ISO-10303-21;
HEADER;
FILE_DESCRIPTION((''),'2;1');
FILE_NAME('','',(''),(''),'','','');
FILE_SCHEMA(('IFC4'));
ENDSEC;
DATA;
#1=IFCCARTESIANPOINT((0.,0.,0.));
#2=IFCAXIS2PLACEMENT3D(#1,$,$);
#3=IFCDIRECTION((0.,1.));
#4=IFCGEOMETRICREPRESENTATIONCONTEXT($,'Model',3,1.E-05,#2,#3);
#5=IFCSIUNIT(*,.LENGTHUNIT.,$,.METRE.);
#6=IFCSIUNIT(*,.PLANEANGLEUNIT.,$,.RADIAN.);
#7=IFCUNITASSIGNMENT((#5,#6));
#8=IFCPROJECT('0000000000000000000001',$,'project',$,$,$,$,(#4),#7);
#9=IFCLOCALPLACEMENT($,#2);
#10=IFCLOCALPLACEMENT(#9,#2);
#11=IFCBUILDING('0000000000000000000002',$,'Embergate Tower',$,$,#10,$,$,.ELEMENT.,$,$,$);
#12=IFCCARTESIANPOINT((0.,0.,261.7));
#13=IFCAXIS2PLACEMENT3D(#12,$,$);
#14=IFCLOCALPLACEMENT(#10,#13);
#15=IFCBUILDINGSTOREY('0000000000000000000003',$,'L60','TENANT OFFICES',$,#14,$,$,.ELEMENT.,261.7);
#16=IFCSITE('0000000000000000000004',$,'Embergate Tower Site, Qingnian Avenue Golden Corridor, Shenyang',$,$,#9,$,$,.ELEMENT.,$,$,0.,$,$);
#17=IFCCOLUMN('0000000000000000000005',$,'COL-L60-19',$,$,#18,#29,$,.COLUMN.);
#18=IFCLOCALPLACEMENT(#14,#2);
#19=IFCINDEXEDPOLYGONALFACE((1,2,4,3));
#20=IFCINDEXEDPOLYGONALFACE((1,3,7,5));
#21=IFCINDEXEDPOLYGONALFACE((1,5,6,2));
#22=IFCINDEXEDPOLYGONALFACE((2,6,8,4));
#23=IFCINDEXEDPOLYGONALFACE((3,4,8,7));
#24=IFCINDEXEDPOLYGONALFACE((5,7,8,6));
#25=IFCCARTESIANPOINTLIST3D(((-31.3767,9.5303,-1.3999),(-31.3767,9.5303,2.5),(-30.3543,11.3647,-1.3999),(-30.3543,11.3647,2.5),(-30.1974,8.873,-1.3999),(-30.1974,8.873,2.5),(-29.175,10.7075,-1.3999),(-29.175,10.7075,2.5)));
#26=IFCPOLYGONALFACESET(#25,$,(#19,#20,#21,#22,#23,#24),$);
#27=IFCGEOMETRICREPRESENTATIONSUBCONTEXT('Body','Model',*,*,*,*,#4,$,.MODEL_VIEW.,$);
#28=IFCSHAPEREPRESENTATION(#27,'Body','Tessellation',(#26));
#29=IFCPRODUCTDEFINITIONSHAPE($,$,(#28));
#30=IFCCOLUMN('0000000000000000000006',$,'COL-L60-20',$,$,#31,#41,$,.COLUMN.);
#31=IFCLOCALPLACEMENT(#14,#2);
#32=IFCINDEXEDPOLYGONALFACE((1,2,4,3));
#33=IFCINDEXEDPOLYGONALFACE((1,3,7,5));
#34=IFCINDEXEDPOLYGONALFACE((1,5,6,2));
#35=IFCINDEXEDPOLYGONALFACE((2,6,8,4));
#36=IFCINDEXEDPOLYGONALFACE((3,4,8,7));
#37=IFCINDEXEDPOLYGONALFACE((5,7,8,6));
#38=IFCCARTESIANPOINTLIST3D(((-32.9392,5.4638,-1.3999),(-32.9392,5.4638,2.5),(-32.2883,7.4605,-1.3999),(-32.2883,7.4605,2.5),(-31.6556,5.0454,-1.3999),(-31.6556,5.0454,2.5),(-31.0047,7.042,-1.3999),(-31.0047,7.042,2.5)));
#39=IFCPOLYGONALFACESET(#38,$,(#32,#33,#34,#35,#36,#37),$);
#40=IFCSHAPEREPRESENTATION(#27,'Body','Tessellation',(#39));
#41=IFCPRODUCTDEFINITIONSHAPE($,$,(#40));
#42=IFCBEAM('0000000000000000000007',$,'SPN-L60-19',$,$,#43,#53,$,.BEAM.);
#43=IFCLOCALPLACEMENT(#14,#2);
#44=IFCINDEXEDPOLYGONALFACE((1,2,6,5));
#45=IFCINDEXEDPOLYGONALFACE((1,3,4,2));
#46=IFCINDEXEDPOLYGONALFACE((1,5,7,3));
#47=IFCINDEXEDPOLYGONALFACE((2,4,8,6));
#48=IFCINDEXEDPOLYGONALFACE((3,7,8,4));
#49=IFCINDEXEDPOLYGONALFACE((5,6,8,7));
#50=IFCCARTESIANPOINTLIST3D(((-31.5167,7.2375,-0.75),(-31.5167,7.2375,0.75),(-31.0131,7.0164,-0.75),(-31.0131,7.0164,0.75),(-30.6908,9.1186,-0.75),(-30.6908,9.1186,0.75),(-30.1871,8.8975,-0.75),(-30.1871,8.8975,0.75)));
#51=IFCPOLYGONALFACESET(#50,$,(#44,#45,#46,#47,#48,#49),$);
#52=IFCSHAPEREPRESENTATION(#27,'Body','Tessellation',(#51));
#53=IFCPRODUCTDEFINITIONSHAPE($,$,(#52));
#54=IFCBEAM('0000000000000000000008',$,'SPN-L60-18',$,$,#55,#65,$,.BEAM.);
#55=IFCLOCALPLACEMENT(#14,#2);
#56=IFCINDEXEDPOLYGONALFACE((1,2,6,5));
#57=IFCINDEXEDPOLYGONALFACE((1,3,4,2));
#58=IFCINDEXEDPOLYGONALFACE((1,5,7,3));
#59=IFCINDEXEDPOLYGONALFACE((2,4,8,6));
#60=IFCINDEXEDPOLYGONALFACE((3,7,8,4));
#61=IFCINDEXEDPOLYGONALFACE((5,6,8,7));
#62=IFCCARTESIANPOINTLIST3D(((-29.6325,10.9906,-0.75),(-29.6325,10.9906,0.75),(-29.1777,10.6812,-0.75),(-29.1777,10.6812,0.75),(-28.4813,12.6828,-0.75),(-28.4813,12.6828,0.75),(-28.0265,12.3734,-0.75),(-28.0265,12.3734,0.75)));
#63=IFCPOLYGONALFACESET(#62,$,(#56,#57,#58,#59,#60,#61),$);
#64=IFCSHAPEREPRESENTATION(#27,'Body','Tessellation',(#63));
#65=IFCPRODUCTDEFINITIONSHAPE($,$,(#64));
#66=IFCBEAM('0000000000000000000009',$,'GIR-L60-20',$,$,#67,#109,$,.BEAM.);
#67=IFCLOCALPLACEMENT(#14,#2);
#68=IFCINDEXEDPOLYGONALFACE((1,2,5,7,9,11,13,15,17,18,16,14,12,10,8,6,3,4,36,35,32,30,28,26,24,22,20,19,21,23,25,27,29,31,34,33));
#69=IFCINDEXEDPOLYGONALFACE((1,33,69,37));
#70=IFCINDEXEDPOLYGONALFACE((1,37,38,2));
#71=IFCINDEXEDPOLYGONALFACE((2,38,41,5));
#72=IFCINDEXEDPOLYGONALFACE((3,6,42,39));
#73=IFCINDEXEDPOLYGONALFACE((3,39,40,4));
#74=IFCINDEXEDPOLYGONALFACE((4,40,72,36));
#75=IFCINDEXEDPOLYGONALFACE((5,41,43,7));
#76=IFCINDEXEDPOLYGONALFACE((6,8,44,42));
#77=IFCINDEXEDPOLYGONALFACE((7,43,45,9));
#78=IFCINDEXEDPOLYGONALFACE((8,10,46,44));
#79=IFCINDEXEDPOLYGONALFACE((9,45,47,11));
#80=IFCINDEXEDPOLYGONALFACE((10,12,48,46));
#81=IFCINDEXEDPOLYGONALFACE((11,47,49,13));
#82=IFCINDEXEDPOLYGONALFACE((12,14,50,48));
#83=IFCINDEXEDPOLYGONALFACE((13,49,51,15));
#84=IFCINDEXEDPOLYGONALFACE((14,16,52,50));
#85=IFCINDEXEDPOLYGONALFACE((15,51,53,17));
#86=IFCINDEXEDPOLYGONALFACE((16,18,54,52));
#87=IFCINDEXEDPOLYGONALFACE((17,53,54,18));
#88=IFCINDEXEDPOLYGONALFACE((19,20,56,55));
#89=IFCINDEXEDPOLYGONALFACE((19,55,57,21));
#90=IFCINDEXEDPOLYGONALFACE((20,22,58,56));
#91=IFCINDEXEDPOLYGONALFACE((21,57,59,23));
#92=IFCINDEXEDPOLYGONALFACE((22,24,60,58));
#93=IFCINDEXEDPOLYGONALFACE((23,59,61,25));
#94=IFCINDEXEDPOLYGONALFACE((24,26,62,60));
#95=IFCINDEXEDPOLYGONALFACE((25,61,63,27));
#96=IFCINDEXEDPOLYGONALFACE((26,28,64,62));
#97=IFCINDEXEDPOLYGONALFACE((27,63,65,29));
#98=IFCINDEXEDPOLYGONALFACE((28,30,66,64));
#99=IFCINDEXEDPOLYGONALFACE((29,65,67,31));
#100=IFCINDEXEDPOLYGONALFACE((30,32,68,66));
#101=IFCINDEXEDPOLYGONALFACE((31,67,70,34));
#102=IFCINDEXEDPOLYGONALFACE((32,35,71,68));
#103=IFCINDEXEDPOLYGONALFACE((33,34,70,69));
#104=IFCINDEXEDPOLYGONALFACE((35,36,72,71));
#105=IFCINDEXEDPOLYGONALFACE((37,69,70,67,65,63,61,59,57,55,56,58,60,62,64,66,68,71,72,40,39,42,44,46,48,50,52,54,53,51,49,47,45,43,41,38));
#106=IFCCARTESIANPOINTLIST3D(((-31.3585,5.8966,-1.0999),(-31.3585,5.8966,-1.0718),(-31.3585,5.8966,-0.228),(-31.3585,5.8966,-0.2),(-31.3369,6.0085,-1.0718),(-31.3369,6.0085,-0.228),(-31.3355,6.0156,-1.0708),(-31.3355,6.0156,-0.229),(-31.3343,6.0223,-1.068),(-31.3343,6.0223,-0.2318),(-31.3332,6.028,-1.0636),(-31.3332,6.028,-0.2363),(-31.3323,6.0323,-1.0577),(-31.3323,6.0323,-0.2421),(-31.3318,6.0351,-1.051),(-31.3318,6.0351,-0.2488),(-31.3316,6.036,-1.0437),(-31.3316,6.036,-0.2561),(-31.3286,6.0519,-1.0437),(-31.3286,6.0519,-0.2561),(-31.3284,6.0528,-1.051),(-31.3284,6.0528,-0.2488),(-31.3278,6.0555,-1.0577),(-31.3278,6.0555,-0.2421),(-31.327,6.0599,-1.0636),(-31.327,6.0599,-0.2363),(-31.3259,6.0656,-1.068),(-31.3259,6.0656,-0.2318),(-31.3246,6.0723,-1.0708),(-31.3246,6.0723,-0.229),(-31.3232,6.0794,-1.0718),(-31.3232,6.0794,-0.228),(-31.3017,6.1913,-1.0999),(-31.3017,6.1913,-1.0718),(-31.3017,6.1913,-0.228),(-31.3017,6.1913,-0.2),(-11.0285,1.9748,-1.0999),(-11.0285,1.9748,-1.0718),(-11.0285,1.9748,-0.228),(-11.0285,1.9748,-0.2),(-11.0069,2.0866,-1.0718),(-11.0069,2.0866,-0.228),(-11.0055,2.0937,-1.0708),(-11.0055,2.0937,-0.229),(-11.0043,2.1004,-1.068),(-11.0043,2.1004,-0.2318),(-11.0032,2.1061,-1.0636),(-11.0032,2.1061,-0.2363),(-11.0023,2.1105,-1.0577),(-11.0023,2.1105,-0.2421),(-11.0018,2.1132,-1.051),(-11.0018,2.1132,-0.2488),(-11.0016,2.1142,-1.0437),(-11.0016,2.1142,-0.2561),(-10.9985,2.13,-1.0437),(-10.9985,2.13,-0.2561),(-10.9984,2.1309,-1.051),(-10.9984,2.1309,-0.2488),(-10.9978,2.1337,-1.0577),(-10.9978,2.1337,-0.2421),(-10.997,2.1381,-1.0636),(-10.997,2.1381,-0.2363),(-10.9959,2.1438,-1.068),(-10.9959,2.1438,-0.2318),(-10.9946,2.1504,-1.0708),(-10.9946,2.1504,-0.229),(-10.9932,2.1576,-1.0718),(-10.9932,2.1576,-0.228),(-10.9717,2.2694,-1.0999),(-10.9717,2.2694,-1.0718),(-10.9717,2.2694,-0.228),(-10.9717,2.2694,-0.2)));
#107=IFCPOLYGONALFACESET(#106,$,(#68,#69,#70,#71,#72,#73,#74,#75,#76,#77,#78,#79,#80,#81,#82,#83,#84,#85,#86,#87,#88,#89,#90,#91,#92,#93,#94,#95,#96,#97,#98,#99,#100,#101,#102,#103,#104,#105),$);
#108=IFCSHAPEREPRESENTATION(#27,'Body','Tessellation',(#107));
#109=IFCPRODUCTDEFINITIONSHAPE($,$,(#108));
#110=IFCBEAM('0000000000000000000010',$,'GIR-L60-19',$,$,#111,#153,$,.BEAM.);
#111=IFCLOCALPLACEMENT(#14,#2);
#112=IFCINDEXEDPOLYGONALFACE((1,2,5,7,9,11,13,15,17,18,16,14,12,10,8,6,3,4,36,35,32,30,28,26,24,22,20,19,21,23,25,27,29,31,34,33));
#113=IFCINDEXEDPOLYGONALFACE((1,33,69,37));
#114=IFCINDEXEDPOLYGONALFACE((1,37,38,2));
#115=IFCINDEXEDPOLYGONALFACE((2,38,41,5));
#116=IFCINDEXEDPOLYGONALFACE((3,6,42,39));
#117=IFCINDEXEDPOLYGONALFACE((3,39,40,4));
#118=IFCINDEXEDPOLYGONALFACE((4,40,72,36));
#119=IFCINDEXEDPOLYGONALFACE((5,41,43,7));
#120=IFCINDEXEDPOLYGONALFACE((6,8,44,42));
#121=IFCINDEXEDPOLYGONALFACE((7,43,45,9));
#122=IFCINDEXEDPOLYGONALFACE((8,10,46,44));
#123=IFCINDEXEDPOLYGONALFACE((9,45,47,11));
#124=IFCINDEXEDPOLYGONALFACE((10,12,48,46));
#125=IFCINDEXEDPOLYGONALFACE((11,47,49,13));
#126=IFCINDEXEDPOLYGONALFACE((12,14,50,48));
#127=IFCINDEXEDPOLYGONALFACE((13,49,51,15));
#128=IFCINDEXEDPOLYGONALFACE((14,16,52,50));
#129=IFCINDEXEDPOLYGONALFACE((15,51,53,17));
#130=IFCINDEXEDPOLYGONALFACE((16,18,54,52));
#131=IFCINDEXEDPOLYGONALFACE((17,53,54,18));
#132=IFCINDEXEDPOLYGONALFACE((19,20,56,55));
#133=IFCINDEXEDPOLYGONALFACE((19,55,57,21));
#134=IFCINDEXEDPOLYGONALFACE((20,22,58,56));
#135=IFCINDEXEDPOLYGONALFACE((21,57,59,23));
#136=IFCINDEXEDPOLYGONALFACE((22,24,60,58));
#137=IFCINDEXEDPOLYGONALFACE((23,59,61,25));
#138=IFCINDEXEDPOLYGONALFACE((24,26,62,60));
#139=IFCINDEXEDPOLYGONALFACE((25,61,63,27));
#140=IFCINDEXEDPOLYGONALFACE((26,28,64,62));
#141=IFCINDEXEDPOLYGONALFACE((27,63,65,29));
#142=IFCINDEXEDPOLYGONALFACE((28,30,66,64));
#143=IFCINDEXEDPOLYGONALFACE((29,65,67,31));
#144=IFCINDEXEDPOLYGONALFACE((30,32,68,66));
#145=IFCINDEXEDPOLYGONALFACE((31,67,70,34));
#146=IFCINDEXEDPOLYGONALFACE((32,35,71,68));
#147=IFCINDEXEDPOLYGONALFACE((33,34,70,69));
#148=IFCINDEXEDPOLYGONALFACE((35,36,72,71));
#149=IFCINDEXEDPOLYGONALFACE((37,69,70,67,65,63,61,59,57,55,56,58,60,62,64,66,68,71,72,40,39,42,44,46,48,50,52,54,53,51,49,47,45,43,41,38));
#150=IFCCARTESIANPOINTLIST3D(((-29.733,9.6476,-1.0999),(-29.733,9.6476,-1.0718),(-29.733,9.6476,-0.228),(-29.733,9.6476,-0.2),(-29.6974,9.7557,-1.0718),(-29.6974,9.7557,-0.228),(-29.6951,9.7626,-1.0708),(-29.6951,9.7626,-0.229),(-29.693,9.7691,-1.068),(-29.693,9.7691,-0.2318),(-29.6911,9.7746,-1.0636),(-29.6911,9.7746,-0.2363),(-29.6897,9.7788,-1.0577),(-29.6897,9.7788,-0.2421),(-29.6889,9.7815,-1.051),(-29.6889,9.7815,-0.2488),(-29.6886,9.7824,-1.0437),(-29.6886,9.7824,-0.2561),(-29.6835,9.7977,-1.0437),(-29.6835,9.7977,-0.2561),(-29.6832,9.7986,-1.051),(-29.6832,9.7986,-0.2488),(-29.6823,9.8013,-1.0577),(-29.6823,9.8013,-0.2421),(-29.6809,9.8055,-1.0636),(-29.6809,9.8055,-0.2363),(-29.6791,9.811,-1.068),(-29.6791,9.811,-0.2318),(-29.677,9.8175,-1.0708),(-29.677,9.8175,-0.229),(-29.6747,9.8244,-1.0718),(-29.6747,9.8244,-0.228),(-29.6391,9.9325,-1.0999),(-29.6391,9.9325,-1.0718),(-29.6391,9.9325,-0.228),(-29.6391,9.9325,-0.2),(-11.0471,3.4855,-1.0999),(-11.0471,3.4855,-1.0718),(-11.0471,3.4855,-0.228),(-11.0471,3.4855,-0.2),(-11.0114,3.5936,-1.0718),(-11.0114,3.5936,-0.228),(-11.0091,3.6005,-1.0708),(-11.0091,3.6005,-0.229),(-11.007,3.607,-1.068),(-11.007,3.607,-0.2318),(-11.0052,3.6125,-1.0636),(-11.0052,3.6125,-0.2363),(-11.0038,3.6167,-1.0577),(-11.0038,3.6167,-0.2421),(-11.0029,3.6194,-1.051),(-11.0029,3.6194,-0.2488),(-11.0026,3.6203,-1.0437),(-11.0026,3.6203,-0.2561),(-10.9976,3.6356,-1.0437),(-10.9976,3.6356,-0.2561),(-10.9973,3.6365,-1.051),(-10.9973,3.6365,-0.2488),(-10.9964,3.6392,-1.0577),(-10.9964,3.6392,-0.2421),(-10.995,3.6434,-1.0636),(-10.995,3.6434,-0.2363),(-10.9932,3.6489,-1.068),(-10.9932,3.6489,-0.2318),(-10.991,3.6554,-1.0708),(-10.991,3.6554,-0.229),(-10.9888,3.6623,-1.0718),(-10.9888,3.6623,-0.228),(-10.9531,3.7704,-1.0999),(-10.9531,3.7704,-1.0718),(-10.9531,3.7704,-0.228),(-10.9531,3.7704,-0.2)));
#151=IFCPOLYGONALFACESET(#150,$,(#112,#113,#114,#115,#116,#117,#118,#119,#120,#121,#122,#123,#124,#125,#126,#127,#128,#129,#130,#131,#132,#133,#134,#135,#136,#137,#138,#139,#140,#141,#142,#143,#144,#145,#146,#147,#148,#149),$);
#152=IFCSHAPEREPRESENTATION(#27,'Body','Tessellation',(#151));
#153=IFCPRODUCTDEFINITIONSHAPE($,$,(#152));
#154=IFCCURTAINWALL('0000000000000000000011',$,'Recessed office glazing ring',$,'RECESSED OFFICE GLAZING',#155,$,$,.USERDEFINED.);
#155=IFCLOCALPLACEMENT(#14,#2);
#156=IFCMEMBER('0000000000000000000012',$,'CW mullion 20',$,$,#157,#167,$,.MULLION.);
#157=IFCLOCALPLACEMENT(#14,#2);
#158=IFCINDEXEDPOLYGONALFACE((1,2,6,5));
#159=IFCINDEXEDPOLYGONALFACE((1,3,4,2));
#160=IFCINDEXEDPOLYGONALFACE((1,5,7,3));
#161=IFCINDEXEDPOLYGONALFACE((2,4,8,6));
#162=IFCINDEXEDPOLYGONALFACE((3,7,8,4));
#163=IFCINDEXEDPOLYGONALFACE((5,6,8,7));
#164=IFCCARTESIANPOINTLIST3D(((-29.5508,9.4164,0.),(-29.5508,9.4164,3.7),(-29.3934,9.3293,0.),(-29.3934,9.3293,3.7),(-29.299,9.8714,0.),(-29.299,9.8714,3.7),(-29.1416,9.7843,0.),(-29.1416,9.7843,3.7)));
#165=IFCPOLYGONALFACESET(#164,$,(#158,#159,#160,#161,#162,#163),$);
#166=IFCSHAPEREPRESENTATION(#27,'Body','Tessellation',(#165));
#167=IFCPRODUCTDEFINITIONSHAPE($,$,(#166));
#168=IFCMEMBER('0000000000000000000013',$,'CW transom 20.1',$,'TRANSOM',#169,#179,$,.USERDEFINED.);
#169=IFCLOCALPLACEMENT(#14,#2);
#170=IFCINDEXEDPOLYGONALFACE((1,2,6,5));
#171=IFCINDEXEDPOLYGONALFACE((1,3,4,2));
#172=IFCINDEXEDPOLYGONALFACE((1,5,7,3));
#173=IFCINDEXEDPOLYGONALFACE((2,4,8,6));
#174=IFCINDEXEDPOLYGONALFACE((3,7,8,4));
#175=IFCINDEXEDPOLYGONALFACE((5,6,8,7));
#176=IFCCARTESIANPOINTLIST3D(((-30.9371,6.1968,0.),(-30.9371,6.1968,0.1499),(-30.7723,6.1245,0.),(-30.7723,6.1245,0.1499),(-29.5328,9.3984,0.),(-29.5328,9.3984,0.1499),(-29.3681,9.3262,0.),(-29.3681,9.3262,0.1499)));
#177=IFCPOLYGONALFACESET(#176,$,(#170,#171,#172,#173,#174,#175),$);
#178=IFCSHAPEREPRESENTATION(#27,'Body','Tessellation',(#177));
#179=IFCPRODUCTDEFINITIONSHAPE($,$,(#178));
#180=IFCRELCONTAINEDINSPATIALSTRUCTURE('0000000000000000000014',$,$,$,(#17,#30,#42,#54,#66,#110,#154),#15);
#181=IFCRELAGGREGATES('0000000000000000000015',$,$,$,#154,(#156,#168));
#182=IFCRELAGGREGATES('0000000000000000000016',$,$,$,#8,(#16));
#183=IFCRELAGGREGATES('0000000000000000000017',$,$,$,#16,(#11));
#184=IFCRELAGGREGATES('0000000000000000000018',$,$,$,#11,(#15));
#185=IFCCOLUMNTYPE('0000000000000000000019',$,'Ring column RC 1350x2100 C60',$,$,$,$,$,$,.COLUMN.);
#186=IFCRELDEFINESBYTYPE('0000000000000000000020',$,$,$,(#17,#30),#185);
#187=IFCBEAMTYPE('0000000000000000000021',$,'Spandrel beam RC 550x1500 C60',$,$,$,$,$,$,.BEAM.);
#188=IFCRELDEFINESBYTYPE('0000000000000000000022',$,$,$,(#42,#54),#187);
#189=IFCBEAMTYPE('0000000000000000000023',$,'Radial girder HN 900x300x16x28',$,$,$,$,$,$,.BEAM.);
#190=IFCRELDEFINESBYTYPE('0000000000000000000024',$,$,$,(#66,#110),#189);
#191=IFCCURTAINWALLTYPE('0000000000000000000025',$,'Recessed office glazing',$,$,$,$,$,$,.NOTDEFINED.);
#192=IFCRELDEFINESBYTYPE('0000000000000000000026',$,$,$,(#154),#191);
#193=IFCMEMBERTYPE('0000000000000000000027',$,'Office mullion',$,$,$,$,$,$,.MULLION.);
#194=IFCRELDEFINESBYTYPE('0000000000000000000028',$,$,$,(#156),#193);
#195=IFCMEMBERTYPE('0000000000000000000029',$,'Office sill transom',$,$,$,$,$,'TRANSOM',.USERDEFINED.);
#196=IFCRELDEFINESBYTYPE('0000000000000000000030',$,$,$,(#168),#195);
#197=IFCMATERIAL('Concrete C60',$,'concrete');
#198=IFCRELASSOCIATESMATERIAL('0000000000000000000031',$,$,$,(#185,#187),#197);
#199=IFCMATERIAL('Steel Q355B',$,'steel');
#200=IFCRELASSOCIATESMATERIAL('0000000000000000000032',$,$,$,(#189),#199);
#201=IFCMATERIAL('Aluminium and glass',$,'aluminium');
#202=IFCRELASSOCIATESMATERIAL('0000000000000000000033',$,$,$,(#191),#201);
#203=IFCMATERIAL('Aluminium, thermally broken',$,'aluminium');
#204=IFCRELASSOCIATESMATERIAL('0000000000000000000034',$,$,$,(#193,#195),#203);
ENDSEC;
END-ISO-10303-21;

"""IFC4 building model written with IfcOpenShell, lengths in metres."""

from ifc_helpers import new_model, si_unit, direction, frame, origin, origin_2d, place, context, subcontext, project, spatial, rectangle, i_section, extrude, source, transform, mapped, material, material_profile, profile_set, type_object, element, aggregate, save


model = new_model("IFC4")

# Units and contexts
model_context = context("Model", 3, precision=1e-05, world=origin(), true_north=direction((0.0, 1.0)))
body_context = subcontext(model_context, "Body", "Model", "MODEL_VIEW")
ifc_project = project(units=[si_unit("LENGTHUNIT", "METRE"), si_unit("PLANEANGLEUNIT", "RADIAN")], contexts=[model_context])

# Site, building, storey
site_placement = place(None, origin())
site = spatial("IfcSite", under=ifc_project, at=site_placement, Name="Embergate Tower Site, Qingnian Avenue Golden Corridor, Shenyang", CompositionType="ELEMENT", RefElevation=0.0)
building_placement = place(site_placement, origin())
building = spatial("IfcBuilding", under=site, at=building_placement, Name="Embergate Tower", CompositionType="ELEMENT")
storey_placement = place(building_placement, frame((0.0, 0.0, 261.7)))
storey = spatial("IfcBuildingStorey", under=building, at=storey_placement, Name="L60", Description="TENANT OFFICES", CompositionType="ELEMENT", Elevation=261.7)

# Columns
ifc_material_1 = material(Name="Concrete C60", Category="concrete")
ifc_material_profile_1 = material_profile(ifc_material_1, rectangle(XDim=1.3501, YDim=2.1001, at=origin_2d()), Name="RC 1350x2100")
ifc_profile_set_1 = profile_set([ifc_material_profile_1], Name="Concrete C60")
column_type = type_object("IfcColumnType", Name="Ring column RC 1350x2100 C60", PredefinedType="COLUMN", material=ifc_profile_set_1)
shared_shape_1 = source(origin(), body_context, "Body", "SweptSolid", [
    extrude(rectangle(XDim=1.3501, YDim=2.1001, at=origin_2d()), origin(), (0.0, 0.0, 1.0), 3.8999),
])
for number, where, z_axis, x_axis, name in (
    (1, (-30.2759, 10.1189, -1.3999), (0.0, 0.0, 1.0), (-0.873492, 0.486839, 0.0), "COL-L60-19"),
    (2, (-31.9719, 6.2529, -1.3999), (0.0, 0.0, 1.0), (-0.950754, 0.309946, 0.0), "COL-L60-20"),
):
    element("IfcColumn", number, at=place(storey_placement, frame(where, z_axis=z_axis, x_axis=x_axis)), inside=storey, type_object=column_type, Name=name, PredefinedType="COLUMN", context=body_context, shape_type="MappedRepresentation", body=[
        mapped(shared_shape_1, transform((0.0, 0.0, 0.0))),
    ])

# Beams
ifc_material_profile_2 = material_profile(ifc_material_1, rectangle(XDim=0.55, YDim=1.5, at=origin_2d()), Name="RC 550x1500")
ifc_profile_set_2 = profile_set([ifc_material_profile_2], Name="Concrete C60")
beam_type_1 = type_object("IfcBeamType", Name="Spandrel beam RC 550x1500 C60", PredefinedType="BEAM", material=ifc_profile_set_2)
shared_shape_2 = source(origin(), body_context, "Body", "SweptSolid", [
    extrude(rectangle(XDim=0.55, YDim=1.5, at=origin_2d()), origin(), (0.0, 0.0, 1.0), 2.0544),
])
beam_1_placement = place(storey_placement, frame((-30.439, 9.0081, 0.0), z_axis=(-0.402022, -0.91563, 0.0), x_axis=(0.91563, -0.402022, 0.0)))
element("IfcBeam", 3, at=beam_1_placement, inside=storey, type_object=beam_type_1, Name="SPN-L60-19", PredefinedType="BEAM", context=body_context, shape_type="MappedRepresentation", body=[
    mapped(shared_shape_2, transform((0.0, 0.0, 0.0))),
])
shared_shape_3 = source(origin(), body_context, "Body", "SweptSolid", [
    extrude(rectangle(XDim=0.55, YDim=1.5, at=origin_2d()), origin(), (0.0, 0.0, 1.0), 2.0466),
])
beam_2_placement = place(storey_placement, frame((-28.2539, 12.5281, 0.0), z_axis=(-0.562467, -0.82682, 0.0), x_axis=(0.82682, -0.562467, 0.0)))
element("IfcBeam", 4, at=beam_2_placement, inside=storey, type_object=beam_type_1, Name="SPN-L60-18", PredefinedType="BEAM", context=body_context, shape_type="MappedRepresentation", body=[
    mapped(shared_shape_3, transform((0.0, 0.0, 0.0))),
])
ifc_material_2 = material(Name="Steel Q355B", Category="steel")
ifc_material_profile_3 = material_profile(ifc_material_2, i_section(OverallWidth=0.3, OverallDepth=0.8999, WebThickness=0.0161, FlangeThickness=0.0281, FilletRadius=0.0281, at=origin_2d()), Name="HN 900x300x16x28")
ifc_profile_set_3 = profile_set([ifc_material_profile_3], Name="Steel Q355 grade B")
beam_type_2 = type_object("IfcBeamType", Name="Radial girder HN 900x300x16x28", PredefinedType="BEAM", material=ifc_profile_set_3)
shared_shape_4 = source(origin(), body_context, "Body", "SweptSolid", [
    extrude(i_section(OverallWidth=0.3, OverallDepth=0.8999, WebThickness=0.0161, FlangeThickness=0.0281, FilletRadius=0.0281, at=origin_2d()), origin(), (0.0, 0.0, 1.0), 20.7048),
])
beam_3_placement = place(storey_placement, frame((-31.3301, 6.0439, -0.6499), z_axis=(0.981897, -0.189418, 0.0), x_axis=(0.189418, 0.981897, 0.0)))
element("IfcBeam", 5, at=beam_3_placement, inside=storey, type_object=beam_type_2, Name="GIR-L60-20", PredefinedType="BEAM", context=body_context, shape_type="MappedRepresentation", body=[
    mapped(shared_shape_4, transform((0.0, 0.0, 0.0))),
])
shared_shape_5 = source(origin(), body_context, "Body", "SweptSolid", [
    extrude(i_section(OverallWidth=0.3, OverallDepth=0.8999, WebThickness=0.0161, FlangeThickness=0.0281, FilletRadius=0.0281, at=origin_2d()), origin(), (0.0, 0.0, 1.0), 19.6758),
])
beam_4_placement = place(storey_placement, frame((-29.686, 9.79, -0.6499), z_axis=(0.949693, -0.313181, 0.0), x_axis=(0.313181, 0.949693, 0.0)))
element("IfcBeam", 6, at=beam_4_placement, inside=storey, type_object=beam_type_2, Name="GIR-L60-19", PredefinedType="BEAM", context=body_context, shape_type="MappedRepresentation", body=[
    mapped(shared_shape_5, transform((0.0, 0.0, 0.0))),
])

# Curtain wall, members
ifc_material_3 = material(Name="Aluminium and glass", Category="aluminium")
curtain_wall_type = type_object("IfcCurtainWallType", Name="Recessed office glazing", PredefinedType="NOTDEFINED", material=ifc_material_3)
curtain_wall_placement = place(storey_placement, origin())
curtain_wall = element("IfcCurtainWall", 7, at=curtain_wall_placement, inside=storey, type_object=curtain_wall_type, Name="Recessed office glazing ring", ObjectType="RECESSED OFFICE GLAZING", PredefinedType="USERDEFINED")
ifc_material_4 = material(Name="Aluminium, thermally broken", Category="aluminium")
ifc_material_profile_4 = material_profile(ifc_material_4, rectangle(XDim=0.1799, YDim=0.52, at=origin_2d()), Name="AL 520x180")
ifc_profile_set_4 = profile_set([ifc_material_profile_4], Name="Aluminium, thermally broken")
member_type_1 = type_object("IfcMemberType", Name="Office mullion", PredefinedType="MULLION", material=ifc_profile_set_4)
shared_shape_6 = source(origin(), body_context, "Body", "SweptSolid", [
    extrude(rectangle(XDim=0.1799, YDim=0.52, at=origin_2d()), origin(), (0.0, 0.0, 1.0), 3.7),
])
member_1_placement = place(storey_placement, frame((-29.3462, 9.6003, 0.0), z_axis=(0.0, 0.0, 1.0), x_axis=(0.874994, -0.484133, 0.0)))
member_1 = element("IfcMember", 8, at=member_1_placement, type_object=member_type_1, Name="CW mullion 20", PredefinedType="MULLION", context=body_context, shape_type="MappedRepresentation", body=[
    mapped(shared_shape_6, transform((0.0, 0.0, 0.0))),
])
ifc_material_profile_5 = material_profile(ifc_material_4, rectangle(XDim=0.1799, YDim=0.1499, at=origin_2d()), Name="AL 150x180")
ifc_profile_set_5 = profile_set([ifc_material_profile_5], Name="Aluminium, thermally broken")
member_type_2 = type_object("IfcMemberType", Name="Office sill transom", ElementType="TRANSOM", PredefinedType="USERDEFINED", material=ifc_profile_set_5)
shared_shape_7 = source(origin(), body_context, "Body", "SweptSolid", [
    extrude(rectangle(XDim=0.1799, YDim=0.1499, at=origin_2d()), origin(), (0.0, 0.0, 1.0), 3.4961),
])
member_2_placement = place(storey_placement, frame((-29.4504, 9.3623, 0.075), z_axis=(-0.401676, -0.915782, 0.0), x_axis=(0.915782, -0.401676, 0.0)))
member_2 = element("IfcMember", 9, at=member_2_placement, type_object=member_type_2, Name="CW transom 20.1", ObjectType="TRANSOM", PredefinedType="USERDEFINED", context=body_context, shape_type="MappedRepresentation", body=[
    mapped(shared_shape_7, transform((0.0, 0.0, 0.0))),
])
aggregate(curtain_wall, [member_1, member_2])

save(model, "model.ifc")
